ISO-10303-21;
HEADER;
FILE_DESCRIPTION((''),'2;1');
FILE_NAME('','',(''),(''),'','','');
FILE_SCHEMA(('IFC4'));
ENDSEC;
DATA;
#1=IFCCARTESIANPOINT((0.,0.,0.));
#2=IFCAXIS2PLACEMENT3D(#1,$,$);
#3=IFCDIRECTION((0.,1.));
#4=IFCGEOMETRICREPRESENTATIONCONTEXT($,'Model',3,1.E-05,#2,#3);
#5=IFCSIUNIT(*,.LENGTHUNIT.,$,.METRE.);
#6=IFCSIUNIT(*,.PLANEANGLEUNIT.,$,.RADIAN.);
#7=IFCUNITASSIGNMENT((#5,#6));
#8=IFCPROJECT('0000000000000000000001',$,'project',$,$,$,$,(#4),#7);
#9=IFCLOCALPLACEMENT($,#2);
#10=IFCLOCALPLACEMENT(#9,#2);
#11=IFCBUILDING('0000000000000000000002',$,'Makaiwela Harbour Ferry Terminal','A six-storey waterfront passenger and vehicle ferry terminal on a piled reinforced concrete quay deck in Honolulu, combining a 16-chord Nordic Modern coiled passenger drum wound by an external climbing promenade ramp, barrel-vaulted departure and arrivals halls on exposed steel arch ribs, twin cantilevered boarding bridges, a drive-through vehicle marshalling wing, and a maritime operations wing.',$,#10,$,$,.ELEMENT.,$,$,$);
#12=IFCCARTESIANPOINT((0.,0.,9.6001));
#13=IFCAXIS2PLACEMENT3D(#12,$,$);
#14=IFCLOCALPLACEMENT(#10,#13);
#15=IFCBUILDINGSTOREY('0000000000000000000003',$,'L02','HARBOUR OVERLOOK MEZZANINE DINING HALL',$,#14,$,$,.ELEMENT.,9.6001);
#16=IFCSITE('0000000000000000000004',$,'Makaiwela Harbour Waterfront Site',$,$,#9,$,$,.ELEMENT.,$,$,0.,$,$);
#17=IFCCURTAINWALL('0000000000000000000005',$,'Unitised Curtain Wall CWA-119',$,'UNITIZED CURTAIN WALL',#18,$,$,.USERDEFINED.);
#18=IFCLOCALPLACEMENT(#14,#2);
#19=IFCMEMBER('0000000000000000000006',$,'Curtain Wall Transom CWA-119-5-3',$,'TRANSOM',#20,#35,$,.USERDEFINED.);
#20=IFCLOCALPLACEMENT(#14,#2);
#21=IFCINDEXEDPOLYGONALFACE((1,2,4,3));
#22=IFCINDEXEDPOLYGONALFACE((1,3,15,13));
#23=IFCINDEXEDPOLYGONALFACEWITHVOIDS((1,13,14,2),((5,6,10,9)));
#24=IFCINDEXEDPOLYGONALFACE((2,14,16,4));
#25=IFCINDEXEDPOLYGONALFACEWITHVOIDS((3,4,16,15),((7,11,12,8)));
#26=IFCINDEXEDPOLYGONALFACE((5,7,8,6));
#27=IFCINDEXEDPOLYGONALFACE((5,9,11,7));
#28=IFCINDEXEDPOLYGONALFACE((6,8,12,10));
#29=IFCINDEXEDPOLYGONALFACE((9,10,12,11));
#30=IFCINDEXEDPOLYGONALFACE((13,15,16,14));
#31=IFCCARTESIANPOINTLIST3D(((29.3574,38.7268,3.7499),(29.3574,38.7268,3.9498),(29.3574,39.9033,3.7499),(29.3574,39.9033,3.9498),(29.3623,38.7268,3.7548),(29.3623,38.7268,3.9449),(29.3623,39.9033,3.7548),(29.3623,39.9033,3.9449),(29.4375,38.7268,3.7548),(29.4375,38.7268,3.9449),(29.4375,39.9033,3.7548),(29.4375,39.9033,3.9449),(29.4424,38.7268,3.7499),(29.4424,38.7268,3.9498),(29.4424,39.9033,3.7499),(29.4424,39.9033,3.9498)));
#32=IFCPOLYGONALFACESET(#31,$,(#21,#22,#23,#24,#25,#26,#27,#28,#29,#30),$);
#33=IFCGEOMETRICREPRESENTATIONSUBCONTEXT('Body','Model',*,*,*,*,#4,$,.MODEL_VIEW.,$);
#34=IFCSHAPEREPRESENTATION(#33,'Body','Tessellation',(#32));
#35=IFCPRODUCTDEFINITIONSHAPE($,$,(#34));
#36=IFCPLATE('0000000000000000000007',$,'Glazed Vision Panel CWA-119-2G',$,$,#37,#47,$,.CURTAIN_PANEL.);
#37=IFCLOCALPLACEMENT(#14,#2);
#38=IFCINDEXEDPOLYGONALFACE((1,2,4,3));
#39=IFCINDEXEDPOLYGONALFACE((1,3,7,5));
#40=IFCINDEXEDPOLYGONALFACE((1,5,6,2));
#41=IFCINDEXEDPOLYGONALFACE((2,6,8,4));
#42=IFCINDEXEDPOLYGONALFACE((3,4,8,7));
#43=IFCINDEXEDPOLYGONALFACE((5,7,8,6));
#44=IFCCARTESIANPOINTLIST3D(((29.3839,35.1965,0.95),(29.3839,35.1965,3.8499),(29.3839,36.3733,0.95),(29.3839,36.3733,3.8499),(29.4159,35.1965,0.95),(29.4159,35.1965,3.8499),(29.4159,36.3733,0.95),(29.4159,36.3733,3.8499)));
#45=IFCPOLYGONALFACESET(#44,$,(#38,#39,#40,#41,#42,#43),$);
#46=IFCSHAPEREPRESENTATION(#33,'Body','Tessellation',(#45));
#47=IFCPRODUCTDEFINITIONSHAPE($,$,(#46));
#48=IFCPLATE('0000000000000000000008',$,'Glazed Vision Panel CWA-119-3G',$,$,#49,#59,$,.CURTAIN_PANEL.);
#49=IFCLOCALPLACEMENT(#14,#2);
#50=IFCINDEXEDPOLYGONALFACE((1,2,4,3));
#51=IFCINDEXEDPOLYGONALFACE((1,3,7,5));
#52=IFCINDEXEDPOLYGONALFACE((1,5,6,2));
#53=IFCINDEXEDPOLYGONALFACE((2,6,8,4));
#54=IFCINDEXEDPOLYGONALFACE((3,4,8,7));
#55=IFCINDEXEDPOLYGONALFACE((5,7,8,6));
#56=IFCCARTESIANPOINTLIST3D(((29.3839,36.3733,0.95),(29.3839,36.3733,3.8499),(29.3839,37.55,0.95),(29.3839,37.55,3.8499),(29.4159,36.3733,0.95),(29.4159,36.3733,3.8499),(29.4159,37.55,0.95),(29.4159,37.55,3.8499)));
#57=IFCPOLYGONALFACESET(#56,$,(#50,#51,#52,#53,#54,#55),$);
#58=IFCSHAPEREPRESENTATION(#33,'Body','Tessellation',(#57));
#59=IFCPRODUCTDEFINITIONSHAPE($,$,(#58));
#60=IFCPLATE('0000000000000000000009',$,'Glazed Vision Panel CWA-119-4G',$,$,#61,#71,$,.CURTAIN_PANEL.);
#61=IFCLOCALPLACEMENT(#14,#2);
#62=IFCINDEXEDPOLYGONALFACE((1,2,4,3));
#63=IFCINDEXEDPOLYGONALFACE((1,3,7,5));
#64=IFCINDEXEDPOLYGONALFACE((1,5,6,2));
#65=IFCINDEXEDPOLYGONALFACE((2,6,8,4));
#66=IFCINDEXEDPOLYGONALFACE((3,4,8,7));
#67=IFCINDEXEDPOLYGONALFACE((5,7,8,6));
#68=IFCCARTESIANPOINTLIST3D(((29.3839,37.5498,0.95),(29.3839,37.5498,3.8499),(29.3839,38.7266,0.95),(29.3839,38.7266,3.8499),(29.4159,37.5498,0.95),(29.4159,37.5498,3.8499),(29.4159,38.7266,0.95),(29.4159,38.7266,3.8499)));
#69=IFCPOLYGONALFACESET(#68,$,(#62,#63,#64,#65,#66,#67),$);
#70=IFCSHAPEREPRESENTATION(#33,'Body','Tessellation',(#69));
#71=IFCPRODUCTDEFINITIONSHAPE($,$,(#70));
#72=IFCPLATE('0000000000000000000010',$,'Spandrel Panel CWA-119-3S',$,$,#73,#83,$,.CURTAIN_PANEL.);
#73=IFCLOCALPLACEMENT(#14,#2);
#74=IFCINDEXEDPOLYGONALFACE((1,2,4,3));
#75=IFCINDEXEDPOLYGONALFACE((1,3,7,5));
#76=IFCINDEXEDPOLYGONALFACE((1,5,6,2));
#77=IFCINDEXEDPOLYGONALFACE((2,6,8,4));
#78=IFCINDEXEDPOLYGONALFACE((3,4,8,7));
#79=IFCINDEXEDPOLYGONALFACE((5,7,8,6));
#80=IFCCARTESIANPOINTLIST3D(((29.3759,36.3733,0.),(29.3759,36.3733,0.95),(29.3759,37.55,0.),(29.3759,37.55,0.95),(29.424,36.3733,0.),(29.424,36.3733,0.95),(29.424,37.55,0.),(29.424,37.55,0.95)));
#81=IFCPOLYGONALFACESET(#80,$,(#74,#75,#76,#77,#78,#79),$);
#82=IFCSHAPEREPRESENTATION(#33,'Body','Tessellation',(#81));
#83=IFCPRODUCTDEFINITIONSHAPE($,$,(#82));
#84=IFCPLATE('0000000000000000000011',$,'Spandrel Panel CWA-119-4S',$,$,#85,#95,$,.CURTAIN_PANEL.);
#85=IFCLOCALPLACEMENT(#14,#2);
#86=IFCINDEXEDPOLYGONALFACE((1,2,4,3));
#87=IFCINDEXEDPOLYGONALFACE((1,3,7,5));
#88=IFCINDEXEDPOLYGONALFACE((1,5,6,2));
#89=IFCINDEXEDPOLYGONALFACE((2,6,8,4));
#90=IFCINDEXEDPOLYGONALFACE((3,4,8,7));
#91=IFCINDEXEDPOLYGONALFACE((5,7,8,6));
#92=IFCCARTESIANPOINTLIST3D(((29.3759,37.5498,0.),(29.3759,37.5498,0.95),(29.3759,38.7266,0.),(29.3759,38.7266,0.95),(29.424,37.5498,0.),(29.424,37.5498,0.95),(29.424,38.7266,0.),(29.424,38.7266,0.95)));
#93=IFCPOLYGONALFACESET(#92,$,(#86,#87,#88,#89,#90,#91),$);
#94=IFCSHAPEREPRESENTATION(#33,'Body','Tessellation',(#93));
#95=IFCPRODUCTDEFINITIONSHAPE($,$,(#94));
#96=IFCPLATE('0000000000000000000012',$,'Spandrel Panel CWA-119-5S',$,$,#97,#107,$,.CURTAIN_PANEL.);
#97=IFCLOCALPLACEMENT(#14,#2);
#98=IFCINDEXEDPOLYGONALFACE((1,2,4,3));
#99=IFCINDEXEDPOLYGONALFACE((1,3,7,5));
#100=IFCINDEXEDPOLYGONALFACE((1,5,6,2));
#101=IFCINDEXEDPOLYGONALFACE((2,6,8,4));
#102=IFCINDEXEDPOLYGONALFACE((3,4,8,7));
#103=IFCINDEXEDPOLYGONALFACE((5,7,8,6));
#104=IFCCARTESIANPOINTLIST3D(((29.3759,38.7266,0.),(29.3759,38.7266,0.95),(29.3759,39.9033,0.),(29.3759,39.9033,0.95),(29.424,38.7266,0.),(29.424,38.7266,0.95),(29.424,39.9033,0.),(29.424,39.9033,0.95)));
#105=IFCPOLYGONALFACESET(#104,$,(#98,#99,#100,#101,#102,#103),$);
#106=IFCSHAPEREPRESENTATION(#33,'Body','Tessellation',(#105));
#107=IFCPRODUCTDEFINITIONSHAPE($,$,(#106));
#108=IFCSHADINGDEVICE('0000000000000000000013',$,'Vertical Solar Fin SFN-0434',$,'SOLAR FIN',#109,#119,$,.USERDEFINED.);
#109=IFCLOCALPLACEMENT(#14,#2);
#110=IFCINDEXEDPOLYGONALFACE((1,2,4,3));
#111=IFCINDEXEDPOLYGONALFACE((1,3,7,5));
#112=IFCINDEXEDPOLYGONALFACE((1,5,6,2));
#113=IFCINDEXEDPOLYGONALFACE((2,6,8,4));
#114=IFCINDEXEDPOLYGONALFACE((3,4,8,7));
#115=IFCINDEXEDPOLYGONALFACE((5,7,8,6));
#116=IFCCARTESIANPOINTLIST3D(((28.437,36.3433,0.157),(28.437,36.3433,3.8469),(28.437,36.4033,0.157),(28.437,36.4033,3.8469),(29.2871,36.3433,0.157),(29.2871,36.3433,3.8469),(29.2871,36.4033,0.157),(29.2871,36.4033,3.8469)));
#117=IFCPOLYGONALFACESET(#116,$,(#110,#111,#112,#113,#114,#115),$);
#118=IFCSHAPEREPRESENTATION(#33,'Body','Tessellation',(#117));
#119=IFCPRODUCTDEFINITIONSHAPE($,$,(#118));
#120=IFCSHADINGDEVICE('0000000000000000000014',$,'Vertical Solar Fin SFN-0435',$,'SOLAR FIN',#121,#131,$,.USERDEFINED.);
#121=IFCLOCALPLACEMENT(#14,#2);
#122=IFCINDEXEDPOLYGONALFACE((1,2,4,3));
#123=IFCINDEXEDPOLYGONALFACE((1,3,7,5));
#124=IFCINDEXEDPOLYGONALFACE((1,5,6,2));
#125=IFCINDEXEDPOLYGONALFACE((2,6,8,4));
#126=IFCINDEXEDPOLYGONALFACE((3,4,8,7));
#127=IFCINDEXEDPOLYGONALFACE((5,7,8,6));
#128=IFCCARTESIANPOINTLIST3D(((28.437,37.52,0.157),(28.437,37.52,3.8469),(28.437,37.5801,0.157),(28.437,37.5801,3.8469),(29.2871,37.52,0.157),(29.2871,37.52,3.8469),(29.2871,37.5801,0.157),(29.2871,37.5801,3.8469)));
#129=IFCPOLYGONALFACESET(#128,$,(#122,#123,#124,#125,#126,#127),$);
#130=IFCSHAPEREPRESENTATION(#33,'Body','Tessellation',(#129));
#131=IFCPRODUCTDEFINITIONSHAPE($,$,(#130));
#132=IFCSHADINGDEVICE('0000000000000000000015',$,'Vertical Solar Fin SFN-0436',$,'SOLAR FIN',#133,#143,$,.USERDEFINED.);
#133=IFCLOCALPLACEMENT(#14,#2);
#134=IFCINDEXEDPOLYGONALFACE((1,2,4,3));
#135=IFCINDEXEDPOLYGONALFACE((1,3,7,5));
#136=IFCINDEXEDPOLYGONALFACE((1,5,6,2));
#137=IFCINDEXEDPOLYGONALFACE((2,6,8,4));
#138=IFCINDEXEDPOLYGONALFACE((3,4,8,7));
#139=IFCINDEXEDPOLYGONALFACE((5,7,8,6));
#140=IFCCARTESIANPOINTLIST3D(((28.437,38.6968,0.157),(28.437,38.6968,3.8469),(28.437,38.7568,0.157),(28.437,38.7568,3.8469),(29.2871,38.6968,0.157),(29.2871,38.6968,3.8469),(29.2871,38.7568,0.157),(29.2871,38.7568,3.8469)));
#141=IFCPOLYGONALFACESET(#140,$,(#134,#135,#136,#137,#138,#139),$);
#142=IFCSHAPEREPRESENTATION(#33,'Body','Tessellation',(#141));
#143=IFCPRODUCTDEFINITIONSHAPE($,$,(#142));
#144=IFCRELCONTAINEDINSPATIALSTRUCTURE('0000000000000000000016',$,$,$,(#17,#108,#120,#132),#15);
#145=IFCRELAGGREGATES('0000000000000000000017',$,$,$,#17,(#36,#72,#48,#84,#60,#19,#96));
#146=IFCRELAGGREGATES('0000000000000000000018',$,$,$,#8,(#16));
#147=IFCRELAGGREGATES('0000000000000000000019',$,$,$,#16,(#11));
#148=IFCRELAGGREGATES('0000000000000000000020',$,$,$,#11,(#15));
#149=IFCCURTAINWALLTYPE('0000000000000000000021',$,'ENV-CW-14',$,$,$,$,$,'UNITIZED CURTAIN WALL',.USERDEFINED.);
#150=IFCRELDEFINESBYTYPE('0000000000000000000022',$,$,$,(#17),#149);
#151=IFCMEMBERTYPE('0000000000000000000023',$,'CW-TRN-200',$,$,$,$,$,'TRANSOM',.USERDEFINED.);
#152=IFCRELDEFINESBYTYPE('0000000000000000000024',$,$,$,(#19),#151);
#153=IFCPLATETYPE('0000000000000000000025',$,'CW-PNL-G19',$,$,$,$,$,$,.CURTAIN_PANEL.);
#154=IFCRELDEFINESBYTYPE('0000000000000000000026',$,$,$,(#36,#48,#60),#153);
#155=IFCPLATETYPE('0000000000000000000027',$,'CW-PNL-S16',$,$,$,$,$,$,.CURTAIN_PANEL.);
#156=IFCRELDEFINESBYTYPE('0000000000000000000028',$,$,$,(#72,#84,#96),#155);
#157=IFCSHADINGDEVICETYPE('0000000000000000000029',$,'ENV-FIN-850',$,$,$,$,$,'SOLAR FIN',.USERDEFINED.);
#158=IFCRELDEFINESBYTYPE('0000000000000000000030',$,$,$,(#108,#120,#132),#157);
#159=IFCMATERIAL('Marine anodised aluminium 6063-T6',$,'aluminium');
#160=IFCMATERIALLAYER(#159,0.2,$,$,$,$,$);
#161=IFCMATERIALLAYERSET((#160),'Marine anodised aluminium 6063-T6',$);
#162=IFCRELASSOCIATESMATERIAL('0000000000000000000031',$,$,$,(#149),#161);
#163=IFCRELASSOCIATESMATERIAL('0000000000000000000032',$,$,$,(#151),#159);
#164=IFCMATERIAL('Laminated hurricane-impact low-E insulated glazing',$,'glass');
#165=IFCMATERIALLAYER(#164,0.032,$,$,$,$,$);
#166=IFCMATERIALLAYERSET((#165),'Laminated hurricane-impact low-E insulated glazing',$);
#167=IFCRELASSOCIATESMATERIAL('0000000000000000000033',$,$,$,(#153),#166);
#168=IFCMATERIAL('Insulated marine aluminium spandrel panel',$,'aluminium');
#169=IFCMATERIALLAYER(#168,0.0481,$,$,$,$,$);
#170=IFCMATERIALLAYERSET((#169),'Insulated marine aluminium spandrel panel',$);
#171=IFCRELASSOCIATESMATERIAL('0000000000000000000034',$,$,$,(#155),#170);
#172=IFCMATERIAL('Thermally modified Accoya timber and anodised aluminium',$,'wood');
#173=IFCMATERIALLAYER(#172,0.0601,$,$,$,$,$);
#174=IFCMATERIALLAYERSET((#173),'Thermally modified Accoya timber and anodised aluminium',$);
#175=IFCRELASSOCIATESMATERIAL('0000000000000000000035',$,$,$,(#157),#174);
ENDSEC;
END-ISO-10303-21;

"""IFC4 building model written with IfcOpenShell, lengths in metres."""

from ifc_helpers import new_model, si_unit, direction, frame, origin, origin_2d, place, context, subcontext, project, spatial, rectangle, hollow_rectangle, extrude, material, layer, layer_set, material_profile, profile_set, type_object, element, aggregate, save


model = new_model("IFC4")

# Units and contexts
model_context = context("Model", 3, precision=1e-05, world=origin(), true_north=direction((0.0, 1.0)))
body_context = subcontext(model_context, "Body", "Model", "MODEL_VIEW")
ifc_project = project(units=[si_unit("LENGTHUNIT", "METRE"), si_unit("PLANEANGLEUNIT", "RADIAN")], contexts=[model_context])

# Site, building, storey
site_placement = place(None, origin())
site = spatial("IfcSite", under=ifc_project, at=site_placement, Name="Makaiwela Harbour Waterfront Site", CompositionType="ELEMENT", RefElevation=0.0)
building_placement = place(site_placement, origin())
building = spatial("IfcBuilding", under=site, at=building_placement, Name="Makaiwela Harbour Ferry Terminal", Description="A six-storey waterfront passenger and vehicle ferry terminal on a piled reinforced concrete quay deck in Honolulu, combining a 16-chord Nordic Modern coiled passenger drum wound by an external climbing promenade ramp, barrel-vaulted departure and arrivals halls on exposed steel arch ribs, twin cantilevered boarding bridges, a drive-through vehicle marshalling wing, and a maritime operations wing.", CompositionType="ELEMENT")
storey_placement = place(building_placement, frame((0.0, 0.0, 9.6001)))
storey = spatial("IfcBuildingStorey", under=building, at=storey_placement, Name="L02", Description="HARBOUR OVERLOOK MEZZANINE DINING HALL", CompositionType="ELEMENT", Elevation=9.6001)

# Curtain wall, member, plates
ifc_material_1 = material(Name="Marine anodised aluminium 6063-T6", Category="aluminium")
ifc_layer_1 = layer(ifc_material_1, 0.2)
ifc_layer_set_1 = layer_set([ifc_layer_1], Name="Marine anodised aluminium 6063-T6")
curtain_wall_type = type_object("IfcCurtainWallType", Name="ENV-CW-14", ElementType="UNITIZED CURTAIN WALL", PredefinedType="USERDEFINED", material=ifc_layer_set_1)
curtain_wall_placement = place(storey_placement, origin())
curtain_wall = element("IfcCurtainWall", 1, at=curtain_wall_placement, inside=storey, type_object=curtain_wall_type, Name="Unitised Curtain Wall CWA-119", ObjectType="UNITIZED CURTAIN WALL", PredefinedType="USERDEFINED")
ifc_material_profile_1 = material_profile(ifc_material_1, hollow_rectangle(XDim=0.085, YDim=0.2, WallThickness=0.0049, at=origin_2d()), Name="CWT-200X85")
ifc_profile_set_1 = profile_set([ifc_material_profile_1], Name="Marine anodised aluminium 6063-T6")
member_type_1 = type_object("IfcMemberType", Name="CW-TRN-200", ElementType="TRANSOM", PredefinedType="USERDEFINED", material=ifc_profile_set_1)
member_1_placement = place(storey_placement, frame((29.3999, 38.7268, 3.8499), z_axis=(0.0, 1.0, 0.0), x_axis=(-1.0, 0.0, 0.0)))
member_1 = element("IfcMember", 2, at=member_1_placement, type_object=member_type_1, Name="Curtain Wall Transom CWA-119-5-3", ObjectType="TRANSOM", PredefinedType="USERDEFINED", context=body_context, shape_type="SweptSolid", body=[
    extrude(hollow_rectangle(XDim=0.085, YDim=0.2, WallThickness=0.0049, at=origin_2d()), origin(), (0.0, 0.0, 1.0), 1.1765),
])
ifc_material_2 = material(Name="Laminated hurricane-impact low-E insulated glazing", Category="glass")
ifc_layer_2 = layer(ifc_material_2, 0.032)
ifc_layer_set_2 = layer_set([ifc_layer_2], Name="Laminated hurricane-impact low-E insulated glazing")
plate_type_1 = type_object("IfcPlateType", Name="CW-PNL-G19", PredefinedType="CURTAIN_PANEL", material=ifc_layer_set_2)
plate_1_placement = place(storey_placement, frame((29.3999, 35.7849, 0.95), z_axis=(0.0, 0.0, 1.0), x_axis=(0.0, 1.0, 0.0)))
plate_1 = element("IfcPlate", 3, at=plate_1_placement, type_object=plate_type_1, Name="Glazed Vision Panel CWA-119-2G", PredefinedType="CURTAIN_PANEL", context=body_context, shape_type="SweptSolid", body=[
    extrude(rectangle(XDim=1.1768, YDim=0.032, at=origin_2d()), origin(), (0.0, 0.0, 1.0), 2.8999),
])
plate_2_placement = place(storey_placement, frame((29.3999, 36.9617, 0.95), z_axis=(0.0, 0.0, 1.0), x_axis=(0.0, 1.0, 0.0)))
plate_2 = element("IfcPlate", 4, at=plate_2_placement, type_object=plate_type_1, Name="Glazed Vision Panel CWA-119-3G", PredefinedType="CURTAIN_PANEL", context=body_context, shape_type="SweptSolid", body=[
    extrude(rectangle(XDim=1.1768, YDim=0.032, at=origin_2d()), origin(), (0.0, 0.0, 1.0), 2.8999),
])
plate_3_placement = place(storey_placement, frame((29.3999, 38.1382, 0.95), z_axis=(0.0, 0.0, 1.0), x_axis=(0.0, 1.0, 0.0)))
plate_3 = element("IfcPlate", 5, at=plate_3_placement, type_object=plate_type_1, Name="Glazed Vision Panel CWA-119-4G", PredefinedType="CURTAIN_PANEL", context=body_context, shape_type="SweptSolid", body=[
    extrude(rectangle(XDim=1.1768, YDim=0.032, at=origin_2d()), origin(), (0.0, 0.0, 1.0), 2.8999),
])
ifc_material_3 = material(Name="Insulated marine aluminium spandrel panel", Category="aluminium")
ifc_layer_3 = layer(ifc_material_3, 0.0481)
ifc_layer_set_3 = layer_set([ifc_layer_3], Name="Insulated marine aluminium spandrel panel")
plate_type_2 = type_object("IfcPlateType", Name="CW-PNL-S16", PredefinedType="CURTAIN_PANEL", material=ifc_layer_set_3)
plate_4_placement = place(storey_placement, frame((29.3999, 36.9617, 0.0), z_axis=(0.0, 0.0, 1.0), x_axis=(0.0, 1.0, 0.0)))
plate_4 = element("IfcPlate", 6, at=plate_4_placement, type_object=plate_type_2, Name="Spandrel Panel CWA-119-3S", PredefinedType="CURTAIN_PANEL", context=body_context, shape_type="SweptSolid", body=[
    extrude(rectangle(XDim=1.1768, YDim=0.0481, at=origin_2d()), origin(), (0.0, 0.0, 1.0), 0.95),
])
plate_5_placement = place(storey_placement, frame((29.3999, 38.1382, 0.0), z_axis=(0.0, 0.0, 1.0), x_axis=(0.0, 1.0, 0.0)))
plate_5 = element("IfcPlate", 7, at=plate_5_placement, type_object=plate_type_2, Name="Spandrel Panel CWA-119-4S", PredefinedType="CURTAIN_PANEL", context=body_context, shape_type="SweptSolid", body=[
    extrude(rectangle(XDim=1.1768, YDim=0.0481, at=origin_2d()), origin(), (0.0, 0.0, 1.0), 0.95),
])
plate_6_placement = place(storey_placement, frame((29.3999, 39.3149, 0.0), z_axis=(0.0, 0.0, 1.0), x_axis=(0.0, 1.0, 0.0)))
plate_6 = element("IfcPlate", 8, at=plate_6_placement, type_object=plate_type_2, Name="Spandrel Panel CWA-119-5S", PredefinedType="CURTAIN_PANEL", context=body_context, shape_type="SweptSolid", body=[
    extrude(rectangle(XDim=1.1768, YDim=0.0481, at=origin_2d()), origin(), (0.0, 0.0, 1.0), 0.95),
])
aggregate(curtain_wall, [plate_1, plate_4, plate_2, plate_5, plate_3, member_1, plate_6])

# Shading devices
ifc_material_4 = material(Name="Thermally modified Accoya timber and anodised aluminium", Category="wood")
ifc_layer_4 = layer(ifc_material_4, 0.0601)
ifc_layer_set_4 = layer_set([ifc_layer_4], Name="Thermally modified Accoya timber and anodised aluminium")
shading_device_type = type_object("IfcShadingDeviceType", Name="ENV-FIN-850", ElementType="SOLAR FIN", PredefinedType="USERDEFINED", material=ifc_layer_set_4)
for number, where, z_axis, x_axis, name in (
    (9, (28.8621, 36.3733, 0.157), (0.0, 0.0, 1.0), (-1.0, 0.0, 0.0), "Vertical Solar Fin SFN-0434"),
    (10, (28.8621, 37.55, 0.157), (0.0, 0.0, 1.0), (-1.0, 0.0, 0.0), "Vertical Solar Fin SFN-0435"),
    (11, (28.8621, 38.7268, 0.157), (0.0, 0.0, 1.0), (-1.0, 0.0, 0.0), "Vertical Solar Fin SFN-0436"),
):
    element("IfcShadingDevice", number, at=place(storey_placement, frame(where, z_axis=z_axis, x_axis=x_axis)), inside=storey, type_object=shading_device_type, Name=name, ObjectType="SOLAR FIN", PredefinedType="USERDEFINED", context=body_context, shape_type="SweptSolid", body=[
        extrude(rectangle(XDim=0.8501, YDim=0.0601, at=origin_2d()), origin(), (0.0, 0.0, 1.0), 3.6899),
    ])

save(model, "model.ifc")
